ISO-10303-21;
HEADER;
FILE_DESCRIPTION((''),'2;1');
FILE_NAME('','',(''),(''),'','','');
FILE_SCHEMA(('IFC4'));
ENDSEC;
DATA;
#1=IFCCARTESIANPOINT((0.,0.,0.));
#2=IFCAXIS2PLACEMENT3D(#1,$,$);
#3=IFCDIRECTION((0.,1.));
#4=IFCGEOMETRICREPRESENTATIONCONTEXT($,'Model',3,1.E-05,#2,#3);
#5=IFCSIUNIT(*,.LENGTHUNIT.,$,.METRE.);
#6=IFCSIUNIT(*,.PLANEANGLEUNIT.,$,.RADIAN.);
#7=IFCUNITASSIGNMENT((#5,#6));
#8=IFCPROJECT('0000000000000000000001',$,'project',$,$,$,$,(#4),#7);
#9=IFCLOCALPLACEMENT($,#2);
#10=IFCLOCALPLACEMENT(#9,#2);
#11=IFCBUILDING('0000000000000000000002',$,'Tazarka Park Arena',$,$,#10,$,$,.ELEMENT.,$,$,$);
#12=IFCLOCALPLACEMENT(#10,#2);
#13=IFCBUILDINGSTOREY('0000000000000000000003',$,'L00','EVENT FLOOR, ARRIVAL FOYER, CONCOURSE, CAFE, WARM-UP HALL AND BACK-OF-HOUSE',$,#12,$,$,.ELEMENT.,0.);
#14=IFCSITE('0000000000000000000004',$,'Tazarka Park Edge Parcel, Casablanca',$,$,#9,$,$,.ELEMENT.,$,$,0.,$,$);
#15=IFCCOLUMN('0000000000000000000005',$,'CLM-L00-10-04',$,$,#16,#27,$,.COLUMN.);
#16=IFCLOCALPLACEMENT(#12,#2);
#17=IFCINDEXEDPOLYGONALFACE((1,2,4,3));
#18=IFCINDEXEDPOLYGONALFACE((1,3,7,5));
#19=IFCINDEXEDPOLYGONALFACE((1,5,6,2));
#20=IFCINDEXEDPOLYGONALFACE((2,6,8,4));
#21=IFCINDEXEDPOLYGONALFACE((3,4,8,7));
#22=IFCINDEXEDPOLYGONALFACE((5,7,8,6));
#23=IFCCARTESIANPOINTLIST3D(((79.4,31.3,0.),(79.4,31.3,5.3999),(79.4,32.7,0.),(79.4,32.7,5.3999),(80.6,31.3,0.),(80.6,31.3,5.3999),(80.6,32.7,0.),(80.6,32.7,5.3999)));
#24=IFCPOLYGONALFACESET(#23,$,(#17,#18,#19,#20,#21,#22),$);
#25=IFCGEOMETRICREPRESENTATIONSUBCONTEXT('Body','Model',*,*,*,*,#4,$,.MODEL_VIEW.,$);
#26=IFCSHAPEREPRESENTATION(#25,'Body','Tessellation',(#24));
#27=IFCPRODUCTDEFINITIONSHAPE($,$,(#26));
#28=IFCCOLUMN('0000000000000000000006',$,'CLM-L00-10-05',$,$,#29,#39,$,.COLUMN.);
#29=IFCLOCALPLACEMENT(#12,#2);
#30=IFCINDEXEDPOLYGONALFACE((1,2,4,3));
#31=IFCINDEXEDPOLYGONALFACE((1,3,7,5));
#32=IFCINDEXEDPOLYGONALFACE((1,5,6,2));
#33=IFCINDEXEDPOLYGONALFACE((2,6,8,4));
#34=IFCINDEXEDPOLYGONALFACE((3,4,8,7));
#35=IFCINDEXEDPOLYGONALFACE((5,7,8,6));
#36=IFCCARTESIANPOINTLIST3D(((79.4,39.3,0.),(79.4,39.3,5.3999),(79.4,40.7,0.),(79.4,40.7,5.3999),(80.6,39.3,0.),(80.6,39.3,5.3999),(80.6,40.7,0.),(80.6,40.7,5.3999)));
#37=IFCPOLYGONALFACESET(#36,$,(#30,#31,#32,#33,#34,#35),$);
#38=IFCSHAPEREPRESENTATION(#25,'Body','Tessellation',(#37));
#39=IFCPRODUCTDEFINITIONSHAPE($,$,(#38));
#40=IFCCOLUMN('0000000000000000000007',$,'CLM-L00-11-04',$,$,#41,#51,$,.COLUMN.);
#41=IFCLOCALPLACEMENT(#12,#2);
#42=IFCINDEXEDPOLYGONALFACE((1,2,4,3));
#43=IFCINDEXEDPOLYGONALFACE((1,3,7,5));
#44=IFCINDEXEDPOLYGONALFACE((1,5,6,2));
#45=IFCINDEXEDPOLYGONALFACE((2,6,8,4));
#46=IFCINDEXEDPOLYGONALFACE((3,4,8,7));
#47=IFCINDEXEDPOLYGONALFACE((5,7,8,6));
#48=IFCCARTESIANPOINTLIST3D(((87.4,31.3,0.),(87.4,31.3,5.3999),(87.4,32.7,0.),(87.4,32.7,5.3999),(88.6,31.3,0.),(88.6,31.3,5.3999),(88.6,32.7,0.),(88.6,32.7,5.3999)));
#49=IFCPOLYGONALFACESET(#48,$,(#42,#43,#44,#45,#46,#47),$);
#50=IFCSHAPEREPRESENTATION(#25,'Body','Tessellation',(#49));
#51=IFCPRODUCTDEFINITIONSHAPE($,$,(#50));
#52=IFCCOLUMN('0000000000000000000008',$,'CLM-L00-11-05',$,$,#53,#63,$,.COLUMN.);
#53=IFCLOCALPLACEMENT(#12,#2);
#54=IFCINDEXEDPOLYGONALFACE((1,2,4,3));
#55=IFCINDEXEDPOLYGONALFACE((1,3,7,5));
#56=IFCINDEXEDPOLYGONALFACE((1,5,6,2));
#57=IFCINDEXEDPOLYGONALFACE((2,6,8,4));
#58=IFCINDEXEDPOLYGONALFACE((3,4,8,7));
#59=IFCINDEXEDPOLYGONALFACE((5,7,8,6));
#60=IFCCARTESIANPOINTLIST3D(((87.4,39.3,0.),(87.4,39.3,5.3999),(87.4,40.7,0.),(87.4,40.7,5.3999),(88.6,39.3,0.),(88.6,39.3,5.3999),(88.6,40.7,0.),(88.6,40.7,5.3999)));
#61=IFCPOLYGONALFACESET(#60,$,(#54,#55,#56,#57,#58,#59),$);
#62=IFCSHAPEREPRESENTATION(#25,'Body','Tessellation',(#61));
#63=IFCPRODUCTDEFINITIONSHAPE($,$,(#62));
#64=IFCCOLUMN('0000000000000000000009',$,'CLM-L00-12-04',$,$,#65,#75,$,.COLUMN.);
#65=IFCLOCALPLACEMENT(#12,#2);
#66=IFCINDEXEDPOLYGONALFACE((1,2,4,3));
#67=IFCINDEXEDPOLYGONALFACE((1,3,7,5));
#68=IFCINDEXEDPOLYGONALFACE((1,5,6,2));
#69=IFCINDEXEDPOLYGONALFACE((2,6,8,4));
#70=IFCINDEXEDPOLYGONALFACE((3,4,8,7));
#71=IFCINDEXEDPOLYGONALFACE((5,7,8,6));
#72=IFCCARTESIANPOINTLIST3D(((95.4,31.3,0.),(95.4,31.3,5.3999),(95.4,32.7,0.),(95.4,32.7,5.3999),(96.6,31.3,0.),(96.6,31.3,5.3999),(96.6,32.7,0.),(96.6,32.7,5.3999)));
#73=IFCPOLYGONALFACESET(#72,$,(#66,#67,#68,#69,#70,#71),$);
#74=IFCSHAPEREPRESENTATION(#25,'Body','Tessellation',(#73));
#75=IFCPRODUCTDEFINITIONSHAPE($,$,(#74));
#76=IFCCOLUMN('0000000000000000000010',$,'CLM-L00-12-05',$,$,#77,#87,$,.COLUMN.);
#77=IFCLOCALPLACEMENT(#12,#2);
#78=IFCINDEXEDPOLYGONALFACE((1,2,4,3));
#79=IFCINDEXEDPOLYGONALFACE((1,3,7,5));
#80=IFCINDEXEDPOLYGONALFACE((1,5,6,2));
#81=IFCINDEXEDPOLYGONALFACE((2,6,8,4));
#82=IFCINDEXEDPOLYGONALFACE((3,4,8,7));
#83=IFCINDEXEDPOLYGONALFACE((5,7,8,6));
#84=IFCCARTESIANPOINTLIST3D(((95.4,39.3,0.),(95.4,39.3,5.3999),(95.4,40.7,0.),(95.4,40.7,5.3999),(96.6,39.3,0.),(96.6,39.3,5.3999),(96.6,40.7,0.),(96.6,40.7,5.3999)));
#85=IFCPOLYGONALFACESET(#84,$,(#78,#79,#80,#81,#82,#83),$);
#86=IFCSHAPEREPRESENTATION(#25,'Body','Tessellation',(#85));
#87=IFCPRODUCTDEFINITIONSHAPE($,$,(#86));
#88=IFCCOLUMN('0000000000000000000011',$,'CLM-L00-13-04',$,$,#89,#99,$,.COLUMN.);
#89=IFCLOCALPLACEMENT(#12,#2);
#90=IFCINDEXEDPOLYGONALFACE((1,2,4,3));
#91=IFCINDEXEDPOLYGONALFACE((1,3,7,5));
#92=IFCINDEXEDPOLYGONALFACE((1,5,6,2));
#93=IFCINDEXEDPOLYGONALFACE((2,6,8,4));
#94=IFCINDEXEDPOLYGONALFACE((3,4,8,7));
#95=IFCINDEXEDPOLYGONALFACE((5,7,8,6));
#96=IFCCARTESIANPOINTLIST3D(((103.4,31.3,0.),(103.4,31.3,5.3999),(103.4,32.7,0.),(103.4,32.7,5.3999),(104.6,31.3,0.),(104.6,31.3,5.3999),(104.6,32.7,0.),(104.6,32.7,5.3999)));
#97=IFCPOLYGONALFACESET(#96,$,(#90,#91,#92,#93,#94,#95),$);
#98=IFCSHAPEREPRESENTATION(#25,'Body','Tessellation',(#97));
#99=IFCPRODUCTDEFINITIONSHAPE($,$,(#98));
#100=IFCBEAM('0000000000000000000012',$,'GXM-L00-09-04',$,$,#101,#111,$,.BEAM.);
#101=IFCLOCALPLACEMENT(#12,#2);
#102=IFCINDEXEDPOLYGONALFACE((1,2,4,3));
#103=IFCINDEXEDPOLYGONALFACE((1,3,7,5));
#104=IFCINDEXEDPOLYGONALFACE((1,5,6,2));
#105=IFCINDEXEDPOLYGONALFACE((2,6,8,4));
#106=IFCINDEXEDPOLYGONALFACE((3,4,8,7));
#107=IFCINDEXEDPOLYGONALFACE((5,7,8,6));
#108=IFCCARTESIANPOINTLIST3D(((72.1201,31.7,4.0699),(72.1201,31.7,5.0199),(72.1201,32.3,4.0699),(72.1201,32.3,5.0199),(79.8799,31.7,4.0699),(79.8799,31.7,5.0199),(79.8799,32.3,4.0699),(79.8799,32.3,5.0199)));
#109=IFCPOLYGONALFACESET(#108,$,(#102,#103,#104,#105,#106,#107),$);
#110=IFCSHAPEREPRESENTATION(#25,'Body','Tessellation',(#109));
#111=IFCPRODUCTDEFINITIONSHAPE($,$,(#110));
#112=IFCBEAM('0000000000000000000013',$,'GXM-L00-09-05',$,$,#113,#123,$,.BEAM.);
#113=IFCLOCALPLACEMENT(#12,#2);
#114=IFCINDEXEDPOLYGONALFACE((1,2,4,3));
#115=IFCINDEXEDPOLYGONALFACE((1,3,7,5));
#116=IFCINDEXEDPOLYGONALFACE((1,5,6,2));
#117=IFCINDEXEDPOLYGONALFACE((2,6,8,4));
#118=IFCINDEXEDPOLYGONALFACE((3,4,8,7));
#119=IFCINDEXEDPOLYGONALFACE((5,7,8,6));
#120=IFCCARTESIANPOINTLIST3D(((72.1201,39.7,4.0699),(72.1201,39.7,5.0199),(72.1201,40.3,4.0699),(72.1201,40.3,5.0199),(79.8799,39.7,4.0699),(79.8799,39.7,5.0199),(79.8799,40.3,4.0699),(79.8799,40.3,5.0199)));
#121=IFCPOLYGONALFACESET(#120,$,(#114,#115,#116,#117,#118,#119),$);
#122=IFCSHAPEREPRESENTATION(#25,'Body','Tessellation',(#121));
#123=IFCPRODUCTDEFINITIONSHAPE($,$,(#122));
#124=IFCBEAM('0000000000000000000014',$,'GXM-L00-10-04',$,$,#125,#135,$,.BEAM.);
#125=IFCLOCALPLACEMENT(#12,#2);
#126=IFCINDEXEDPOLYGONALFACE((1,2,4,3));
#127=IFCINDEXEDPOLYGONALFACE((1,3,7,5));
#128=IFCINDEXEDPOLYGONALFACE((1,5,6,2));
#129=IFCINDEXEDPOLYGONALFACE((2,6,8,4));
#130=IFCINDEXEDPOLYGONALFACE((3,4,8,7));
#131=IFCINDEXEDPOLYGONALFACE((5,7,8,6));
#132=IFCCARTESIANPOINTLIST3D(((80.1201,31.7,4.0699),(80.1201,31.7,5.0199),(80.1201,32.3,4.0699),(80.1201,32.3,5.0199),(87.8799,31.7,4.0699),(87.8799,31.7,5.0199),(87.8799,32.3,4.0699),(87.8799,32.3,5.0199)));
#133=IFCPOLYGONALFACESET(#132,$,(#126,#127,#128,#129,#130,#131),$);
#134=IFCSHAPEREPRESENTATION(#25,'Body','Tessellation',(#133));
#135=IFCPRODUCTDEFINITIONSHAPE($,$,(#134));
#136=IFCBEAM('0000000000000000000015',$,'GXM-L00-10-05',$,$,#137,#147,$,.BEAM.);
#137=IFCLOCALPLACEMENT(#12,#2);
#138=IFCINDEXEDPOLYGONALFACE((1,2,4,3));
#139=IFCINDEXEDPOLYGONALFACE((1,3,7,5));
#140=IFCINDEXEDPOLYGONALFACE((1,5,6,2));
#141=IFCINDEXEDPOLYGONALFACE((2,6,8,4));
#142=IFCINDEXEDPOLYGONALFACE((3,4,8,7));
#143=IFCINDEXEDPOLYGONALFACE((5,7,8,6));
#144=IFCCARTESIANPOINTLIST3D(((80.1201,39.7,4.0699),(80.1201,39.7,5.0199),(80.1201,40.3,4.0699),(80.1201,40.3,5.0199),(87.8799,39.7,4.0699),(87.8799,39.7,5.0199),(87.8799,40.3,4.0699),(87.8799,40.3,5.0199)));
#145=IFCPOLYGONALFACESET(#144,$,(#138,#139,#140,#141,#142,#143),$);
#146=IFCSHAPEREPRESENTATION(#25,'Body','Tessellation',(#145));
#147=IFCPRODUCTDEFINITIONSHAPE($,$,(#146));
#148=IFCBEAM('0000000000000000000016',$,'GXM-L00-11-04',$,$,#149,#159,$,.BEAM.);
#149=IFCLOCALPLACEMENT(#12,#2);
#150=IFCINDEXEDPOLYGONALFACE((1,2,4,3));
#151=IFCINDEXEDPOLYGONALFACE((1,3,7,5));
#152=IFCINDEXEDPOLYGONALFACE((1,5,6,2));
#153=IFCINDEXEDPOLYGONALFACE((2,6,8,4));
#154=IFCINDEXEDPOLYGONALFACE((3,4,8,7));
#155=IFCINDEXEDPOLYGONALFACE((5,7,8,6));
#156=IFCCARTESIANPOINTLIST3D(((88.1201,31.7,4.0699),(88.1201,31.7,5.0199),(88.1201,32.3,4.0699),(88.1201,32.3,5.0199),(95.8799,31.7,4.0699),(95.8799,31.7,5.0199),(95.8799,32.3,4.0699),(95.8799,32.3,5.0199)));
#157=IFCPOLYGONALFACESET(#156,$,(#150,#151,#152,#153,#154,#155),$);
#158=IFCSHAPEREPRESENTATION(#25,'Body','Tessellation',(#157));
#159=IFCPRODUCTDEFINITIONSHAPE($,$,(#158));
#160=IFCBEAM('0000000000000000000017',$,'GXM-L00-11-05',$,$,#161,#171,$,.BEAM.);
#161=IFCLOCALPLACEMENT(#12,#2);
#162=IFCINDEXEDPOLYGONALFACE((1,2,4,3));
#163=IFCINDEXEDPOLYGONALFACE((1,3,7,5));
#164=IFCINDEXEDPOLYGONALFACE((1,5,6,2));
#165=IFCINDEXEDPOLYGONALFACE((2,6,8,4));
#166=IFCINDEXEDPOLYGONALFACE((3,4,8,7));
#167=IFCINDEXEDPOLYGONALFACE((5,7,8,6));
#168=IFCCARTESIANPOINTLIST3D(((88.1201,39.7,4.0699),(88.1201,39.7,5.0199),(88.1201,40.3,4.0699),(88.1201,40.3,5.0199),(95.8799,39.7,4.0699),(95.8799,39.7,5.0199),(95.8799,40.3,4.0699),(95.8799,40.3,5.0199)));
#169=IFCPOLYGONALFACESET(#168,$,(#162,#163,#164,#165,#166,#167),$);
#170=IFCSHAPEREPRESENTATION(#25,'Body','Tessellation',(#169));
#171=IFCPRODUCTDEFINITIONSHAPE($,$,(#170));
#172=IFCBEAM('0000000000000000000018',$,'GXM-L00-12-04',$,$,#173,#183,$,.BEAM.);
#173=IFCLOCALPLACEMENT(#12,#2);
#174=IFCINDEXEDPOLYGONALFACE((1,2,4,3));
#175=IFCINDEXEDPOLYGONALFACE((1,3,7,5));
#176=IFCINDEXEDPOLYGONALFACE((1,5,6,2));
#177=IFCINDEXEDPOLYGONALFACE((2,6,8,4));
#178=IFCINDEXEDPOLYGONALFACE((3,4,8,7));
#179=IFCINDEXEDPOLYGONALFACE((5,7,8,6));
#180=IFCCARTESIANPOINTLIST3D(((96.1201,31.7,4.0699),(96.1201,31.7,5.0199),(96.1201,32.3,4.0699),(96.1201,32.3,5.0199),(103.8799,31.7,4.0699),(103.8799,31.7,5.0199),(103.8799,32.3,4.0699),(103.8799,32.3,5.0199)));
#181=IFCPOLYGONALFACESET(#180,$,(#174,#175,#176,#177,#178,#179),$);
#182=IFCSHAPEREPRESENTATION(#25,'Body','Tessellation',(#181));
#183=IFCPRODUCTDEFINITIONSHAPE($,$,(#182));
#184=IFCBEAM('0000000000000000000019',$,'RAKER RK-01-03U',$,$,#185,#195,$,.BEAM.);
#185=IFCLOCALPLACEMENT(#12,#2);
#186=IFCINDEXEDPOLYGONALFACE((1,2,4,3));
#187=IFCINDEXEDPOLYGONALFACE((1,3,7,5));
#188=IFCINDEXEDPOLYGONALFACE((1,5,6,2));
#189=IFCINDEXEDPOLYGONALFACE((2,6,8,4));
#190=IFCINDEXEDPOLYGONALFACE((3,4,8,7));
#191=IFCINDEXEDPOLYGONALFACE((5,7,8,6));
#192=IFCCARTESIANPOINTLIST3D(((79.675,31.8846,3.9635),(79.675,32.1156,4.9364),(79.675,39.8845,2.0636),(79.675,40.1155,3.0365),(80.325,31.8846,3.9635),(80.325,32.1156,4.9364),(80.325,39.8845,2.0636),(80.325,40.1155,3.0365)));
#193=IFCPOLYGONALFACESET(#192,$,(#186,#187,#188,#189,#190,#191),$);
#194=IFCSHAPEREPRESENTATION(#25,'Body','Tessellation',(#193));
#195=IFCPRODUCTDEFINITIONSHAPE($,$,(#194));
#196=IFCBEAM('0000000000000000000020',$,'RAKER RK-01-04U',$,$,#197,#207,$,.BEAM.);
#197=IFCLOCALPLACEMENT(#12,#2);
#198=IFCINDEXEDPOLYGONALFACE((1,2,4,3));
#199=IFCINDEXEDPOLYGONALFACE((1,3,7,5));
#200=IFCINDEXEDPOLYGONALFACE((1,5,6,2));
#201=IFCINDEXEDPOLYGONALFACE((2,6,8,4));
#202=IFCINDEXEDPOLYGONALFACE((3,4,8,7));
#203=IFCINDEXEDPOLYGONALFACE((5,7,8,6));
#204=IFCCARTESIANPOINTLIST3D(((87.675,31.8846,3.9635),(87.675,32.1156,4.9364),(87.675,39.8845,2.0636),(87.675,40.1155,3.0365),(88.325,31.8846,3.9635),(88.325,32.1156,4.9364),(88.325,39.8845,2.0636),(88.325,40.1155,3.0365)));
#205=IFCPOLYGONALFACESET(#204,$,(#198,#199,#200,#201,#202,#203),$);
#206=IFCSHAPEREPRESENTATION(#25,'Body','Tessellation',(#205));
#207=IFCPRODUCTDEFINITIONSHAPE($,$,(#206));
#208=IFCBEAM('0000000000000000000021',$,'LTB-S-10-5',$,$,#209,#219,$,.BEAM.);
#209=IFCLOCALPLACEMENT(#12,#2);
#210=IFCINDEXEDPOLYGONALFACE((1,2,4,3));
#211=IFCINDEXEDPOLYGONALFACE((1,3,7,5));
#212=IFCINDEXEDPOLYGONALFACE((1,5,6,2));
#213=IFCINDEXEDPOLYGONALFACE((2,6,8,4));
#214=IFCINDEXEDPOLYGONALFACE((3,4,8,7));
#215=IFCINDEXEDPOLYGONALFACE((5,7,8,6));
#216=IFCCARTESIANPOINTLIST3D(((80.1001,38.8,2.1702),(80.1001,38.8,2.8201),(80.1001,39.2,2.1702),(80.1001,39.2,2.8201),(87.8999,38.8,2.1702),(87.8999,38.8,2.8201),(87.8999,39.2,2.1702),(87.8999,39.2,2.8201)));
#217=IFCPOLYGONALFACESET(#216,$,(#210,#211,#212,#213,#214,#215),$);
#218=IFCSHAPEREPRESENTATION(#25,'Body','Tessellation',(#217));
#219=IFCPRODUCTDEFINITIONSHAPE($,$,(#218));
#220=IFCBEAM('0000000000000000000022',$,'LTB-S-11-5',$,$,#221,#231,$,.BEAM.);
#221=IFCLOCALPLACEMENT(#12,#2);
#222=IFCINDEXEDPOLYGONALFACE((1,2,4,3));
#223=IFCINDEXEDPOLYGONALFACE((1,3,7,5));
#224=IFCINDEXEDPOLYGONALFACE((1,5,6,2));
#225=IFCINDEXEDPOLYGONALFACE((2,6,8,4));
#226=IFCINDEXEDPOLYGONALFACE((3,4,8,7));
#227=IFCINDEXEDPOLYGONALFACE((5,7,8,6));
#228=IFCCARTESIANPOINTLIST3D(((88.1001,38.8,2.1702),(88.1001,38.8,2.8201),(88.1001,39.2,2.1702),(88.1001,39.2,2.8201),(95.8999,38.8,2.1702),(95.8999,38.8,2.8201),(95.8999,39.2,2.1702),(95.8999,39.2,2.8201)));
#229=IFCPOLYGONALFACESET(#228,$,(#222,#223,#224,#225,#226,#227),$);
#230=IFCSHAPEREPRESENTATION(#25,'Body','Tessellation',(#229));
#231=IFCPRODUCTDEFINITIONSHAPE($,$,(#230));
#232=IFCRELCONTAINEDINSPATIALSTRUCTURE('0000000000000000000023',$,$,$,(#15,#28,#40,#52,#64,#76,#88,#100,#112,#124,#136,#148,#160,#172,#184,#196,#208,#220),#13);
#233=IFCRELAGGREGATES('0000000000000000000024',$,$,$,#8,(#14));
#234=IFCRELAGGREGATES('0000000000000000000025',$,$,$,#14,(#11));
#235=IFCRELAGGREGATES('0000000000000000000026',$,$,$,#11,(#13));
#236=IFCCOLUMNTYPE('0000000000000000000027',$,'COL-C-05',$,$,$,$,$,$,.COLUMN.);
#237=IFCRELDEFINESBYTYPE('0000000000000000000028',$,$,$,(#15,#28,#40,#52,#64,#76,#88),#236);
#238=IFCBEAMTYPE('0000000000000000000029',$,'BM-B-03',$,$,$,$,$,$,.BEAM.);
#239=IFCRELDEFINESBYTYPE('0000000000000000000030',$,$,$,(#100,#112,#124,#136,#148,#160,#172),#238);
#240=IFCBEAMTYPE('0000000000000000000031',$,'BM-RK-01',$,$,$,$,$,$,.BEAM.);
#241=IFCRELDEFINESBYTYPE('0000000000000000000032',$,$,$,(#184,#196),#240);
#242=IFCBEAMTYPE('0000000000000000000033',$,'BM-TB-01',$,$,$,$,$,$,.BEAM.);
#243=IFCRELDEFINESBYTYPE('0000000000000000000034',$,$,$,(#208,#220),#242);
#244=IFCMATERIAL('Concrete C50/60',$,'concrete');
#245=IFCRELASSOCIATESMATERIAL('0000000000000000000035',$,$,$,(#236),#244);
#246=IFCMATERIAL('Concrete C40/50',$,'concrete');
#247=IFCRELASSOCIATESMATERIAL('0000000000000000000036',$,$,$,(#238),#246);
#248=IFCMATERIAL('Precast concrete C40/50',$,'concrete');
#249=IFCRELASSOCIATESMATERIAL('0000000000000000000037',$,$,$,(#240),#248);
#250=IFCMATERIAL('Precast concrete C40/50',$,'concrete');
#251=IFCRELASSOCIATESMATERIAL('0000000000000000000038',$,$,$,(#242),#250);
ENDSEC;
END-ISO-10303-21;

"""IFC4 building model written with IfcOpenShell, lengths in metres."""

from ifc_helpers import new_model, si_unit, direction, frame, origin, origin_2d, place, context, subcontext, project, spatial, rectangle, extrude, material, material_profile, profile_set, type_object, element, save


model = new_model("IFC4")

# Units and contexts
model_context = context("Model", 3, precision=1e-05, world=origin(), true_north=direction((0.0, 1.0)))
body_context = subcontext(model_context, "Body", "Model", "MODEL_VIEW")
ifc_project = project(units=[si_unit("LENGTHUNIT", "METRE"), si_unit("PLANEANGLEUNIT", "RADIAN")], contexts=[model_context])

# Site, building, storey
site_placement = place(None, origin())
site = spatial("IfcSite", under=ifc_project, at=site_placement, Name="Tazarka Park Edge Parcel, Casablanca", CompositionType="ELEMENT", RefElevation=0.0)
building_placement = place(site_placement, origin())
building = spatial("IfcBuilding", under=site, at=building_placement, Name="Tazarka Park Arena", CompositionType="ELEMENT")
storey_placement = place(building_placement, origin())
storey = spatial("IfcBuildingStorey", under=building, at=storey_placement, Name="L00", Description="EVENT FLOOR, ARRIVAL FOYER, CONCOURSE, CAFE, WARM-UP HALL AND BACK-OF-HOUSE", CompositionType="ELEMENT", Elevation=0.0)

# Columns
ifc_material_1 = material(Name="Concrete C50/60", Category="concrete")
ifc_material_profile_1 = material_profile(ifc_material_1, rectangle(XDim=1.2, YDim=1.3999, at=origin_2d()), Name="Concrete C50/60")
ifc_profile_set_1 = profile_set([ifc_material_profile_1], Name="Concrete C50/60")
column_type = type_object("IfcColumnType", Name="COL-C-05", PredefinedType="COLUMN", material=ifc_profile_set_1)
for number, where, z_axis, x_axis, name in (
    (1, (80.0, 32.0, 0.0), (0.0, 0.0, 1.0), (1.0, 0.0, 0.0), "CLM-L00-10-04"),
    (2, (80.0, 40.0, 0.0), (0.0, 0.0, 1.0), (1.0, 0.0, 0.0), "CLM-L00-10-05"),
    (3, (88.0, 32.0, 0.0), (0.0, 0.0, 1.0), (1.0, 0.0, 0.0), "CLM-L00-11-04"),
    (4, (88.0, 40.0, 0.0), (0.0, 0.0, 1.0), (1.0, 0.0, 0.0), "CLM-L00-11-05"),
    (5, (96.0, 32.0, 0.0), (0.0, 0.0, 1.0), (1.0, 0.0, 0.0), "CLM-L00-12-04"),
    (6, (96.0, 40.0, 0.0), (0.0, 0.0, 1.0), (1.0, 0.0, 0.0), "CLM-L00-12-05"),
    (7, (104.0, 32.0, 0.0), (0.0, 0.0, 1.0), (1.0, 0.0, 0.0), "CLM-L00-13-04"),
):
    element("IfcColumn", number, at=place(storey_placement, frame(where, z_axis=z_axis, x_axis=x_axis)), inside=storey, type_object=column_type, Name=name, PredefinedType="COLUMN", context=body_context, shape_type="SweptSolid", body=[
        extrude(rectangle(XDim=1.2, YDim=1.3999, at=origin_2d()), origin(), (0.0, 0.0, 1.0), 5.3999),
    ])

# Beams
ifc_material_2 = material(Name="Concrete C40/50", Category="concrete")
ifc_material_profile_2 = material_profile(ifc_material_2, rectangle(XDim=0.6001, YDim=0.95, at=origin_2d()), Name="Concrete C40/50")
ifc_profile_set_2 = profile_set([ifc_material_profile_2], Name="Concrete C40/50")
beam_type_1 = type_object("IfcBeamType", Name="BM-B-03", PredefinedType="BEAM", material=ifc_profile_set_2)
for number, where, z_axis, x_axis, name in (
    (8, (72.1201, 32.0, 4.5449), (1.0, 0.0, 0.0), (0.0, 1.0, 0.0), "GXM-L00-09-04"),
    (9, (72.1201, 40.0, 4.5449), (1.0, 0.0, 0.0), (0.0, 1.0, 0.0), "GXM-L00-09-05"),
    (10, (80.1201, 32.0, 4.5449), (1.0, 0.0, 0.0), (0.0, 1.0, 0.0), "GXM-L00-10-04"),
    (11, (80.1201, 40.0, 4.5449), (1.0, 0.0, 0.0), (0.0, 1.0, 0.0), "GXM-L00-10-05"),
    (12, (88.1201, 32.0, 4.5449), (1.0, 0.0, 0.0), (0.0, 1.0, 0.0), "GXM-L00-11-04"),
    (13, (88.1201, 40.0, 4.5449), (1.0, 0.0, 0.0), (0.0, 1.0, 0.0), "GXM-L00-11-05"),
    (14, (96.1201, 32.0, 4.5449), (1.0, 0.0, 0.0), (0.0, 1.0, 0.0), "GXM-L00-12-04"),
):
    element("IfcBeam", number, at=place(storey_placement, frame(where, z_axis=z_axis, x_axis=x_axis)), inside=storey, type_object=beam_type_1, Name=name, PredefinedType="BEAM", context=body_context, shape_type="SweptSolid", body=[
        extrude(rectangle(XDim=0.6001, YDim=0.95, at=origin_2d()), origin(), (0.0, 0.0, 1.0), 7.7598),
    ])
ifc_material_3 = material(Name="Precast concrete C40/50", Category="concrete")
ifc_material_profile_3 = material_profile(ifc_material_3, rectangle(XDim=0.6499, YDim=1.0, at=origin_2d()), Name="Precast concrete C40/50")
ifc_profile_set_3 = profile_set([ifc_material_profile_3], Name="Precast concrete C40/50")
beam_type_2 = type_object("IfcBeamType", Name="BM-RK-01", PredefinedType="BEAM", material=ifc_profile_set_3)
for number, where, z_axis, x_axis, name in (
    (15, (80.0, 40.0, 2.55), (0.0, -0.972939, 0.231061), (1.0, 0.0, 0.0), "RAKER RK-01-03U"),
    (16, (88.0, 40.0, 2.55), (0.0, -0.972939, 0.231061), (1.0, 0.0, 0.0), "RAKER RK-01-04U"),
):
    element("IfcBeam", number, at=place(storey_placement, frame(where, z_axis=z_axis, x_axis=x_axis)), inside=storey, type_object=beam_type_2, Name=name, PredefinedType="BEAM", context=body_context, shape_type="SweptSolid", body=[
        extrude(rectangle(XDim=0.6499, YDim=1.0, at=origin_2d()), origin(), (0.0, 0.0, 1.0), 8.2224),
    ])
ifc_material_4 = material(Name="Precast concrete C40/50", Category="concrete")
ifc_material_profile_4 = material_profile(ifc_material_4, rectangle(XDim=0.3999, YDim=0.6499, at=origin_2d()), Name="Precast concrete C40/50")
ifc_profile_set_4 = profile_set([ifc_material_profile_4], Name="Precast concrete C40/50")
beam_type_3 = type_object("IfcBeamType", Name="BM-TB-01", PredefinedType="BEAM", material=ifc_profile_set_4)
for number, where, z_axis, x_axis, name in (
    (17, (80.1001, 39.0, 2.4951), (1.0, 0.0, 0.0), (0.0, 1.0, 0.0), "LTB-S-10-5"),
    (18, (88.1001, 39.0, 2.4951), (1.0, 0.0, 0.0), (0.0, 1.0, 0.0), "LTB-S-11-5"),
):
    element("IfcBeam", number, at=place(storey_placement, frame(where, z_axis=z_axis, x_axis=x_axis)), inside=storey, type_object=beam_type_3, Name=name, PredefinedType="BEAM", context=body_context, shape_type="SweptSolid", body=[
        extrude(rectangle(XDim=0.3999, YDim=0.6499, at=origin_2d()), origin(), (0.0, 0.0, 1.0), 7.7998),
    ])

save(model, "model.ifc")
